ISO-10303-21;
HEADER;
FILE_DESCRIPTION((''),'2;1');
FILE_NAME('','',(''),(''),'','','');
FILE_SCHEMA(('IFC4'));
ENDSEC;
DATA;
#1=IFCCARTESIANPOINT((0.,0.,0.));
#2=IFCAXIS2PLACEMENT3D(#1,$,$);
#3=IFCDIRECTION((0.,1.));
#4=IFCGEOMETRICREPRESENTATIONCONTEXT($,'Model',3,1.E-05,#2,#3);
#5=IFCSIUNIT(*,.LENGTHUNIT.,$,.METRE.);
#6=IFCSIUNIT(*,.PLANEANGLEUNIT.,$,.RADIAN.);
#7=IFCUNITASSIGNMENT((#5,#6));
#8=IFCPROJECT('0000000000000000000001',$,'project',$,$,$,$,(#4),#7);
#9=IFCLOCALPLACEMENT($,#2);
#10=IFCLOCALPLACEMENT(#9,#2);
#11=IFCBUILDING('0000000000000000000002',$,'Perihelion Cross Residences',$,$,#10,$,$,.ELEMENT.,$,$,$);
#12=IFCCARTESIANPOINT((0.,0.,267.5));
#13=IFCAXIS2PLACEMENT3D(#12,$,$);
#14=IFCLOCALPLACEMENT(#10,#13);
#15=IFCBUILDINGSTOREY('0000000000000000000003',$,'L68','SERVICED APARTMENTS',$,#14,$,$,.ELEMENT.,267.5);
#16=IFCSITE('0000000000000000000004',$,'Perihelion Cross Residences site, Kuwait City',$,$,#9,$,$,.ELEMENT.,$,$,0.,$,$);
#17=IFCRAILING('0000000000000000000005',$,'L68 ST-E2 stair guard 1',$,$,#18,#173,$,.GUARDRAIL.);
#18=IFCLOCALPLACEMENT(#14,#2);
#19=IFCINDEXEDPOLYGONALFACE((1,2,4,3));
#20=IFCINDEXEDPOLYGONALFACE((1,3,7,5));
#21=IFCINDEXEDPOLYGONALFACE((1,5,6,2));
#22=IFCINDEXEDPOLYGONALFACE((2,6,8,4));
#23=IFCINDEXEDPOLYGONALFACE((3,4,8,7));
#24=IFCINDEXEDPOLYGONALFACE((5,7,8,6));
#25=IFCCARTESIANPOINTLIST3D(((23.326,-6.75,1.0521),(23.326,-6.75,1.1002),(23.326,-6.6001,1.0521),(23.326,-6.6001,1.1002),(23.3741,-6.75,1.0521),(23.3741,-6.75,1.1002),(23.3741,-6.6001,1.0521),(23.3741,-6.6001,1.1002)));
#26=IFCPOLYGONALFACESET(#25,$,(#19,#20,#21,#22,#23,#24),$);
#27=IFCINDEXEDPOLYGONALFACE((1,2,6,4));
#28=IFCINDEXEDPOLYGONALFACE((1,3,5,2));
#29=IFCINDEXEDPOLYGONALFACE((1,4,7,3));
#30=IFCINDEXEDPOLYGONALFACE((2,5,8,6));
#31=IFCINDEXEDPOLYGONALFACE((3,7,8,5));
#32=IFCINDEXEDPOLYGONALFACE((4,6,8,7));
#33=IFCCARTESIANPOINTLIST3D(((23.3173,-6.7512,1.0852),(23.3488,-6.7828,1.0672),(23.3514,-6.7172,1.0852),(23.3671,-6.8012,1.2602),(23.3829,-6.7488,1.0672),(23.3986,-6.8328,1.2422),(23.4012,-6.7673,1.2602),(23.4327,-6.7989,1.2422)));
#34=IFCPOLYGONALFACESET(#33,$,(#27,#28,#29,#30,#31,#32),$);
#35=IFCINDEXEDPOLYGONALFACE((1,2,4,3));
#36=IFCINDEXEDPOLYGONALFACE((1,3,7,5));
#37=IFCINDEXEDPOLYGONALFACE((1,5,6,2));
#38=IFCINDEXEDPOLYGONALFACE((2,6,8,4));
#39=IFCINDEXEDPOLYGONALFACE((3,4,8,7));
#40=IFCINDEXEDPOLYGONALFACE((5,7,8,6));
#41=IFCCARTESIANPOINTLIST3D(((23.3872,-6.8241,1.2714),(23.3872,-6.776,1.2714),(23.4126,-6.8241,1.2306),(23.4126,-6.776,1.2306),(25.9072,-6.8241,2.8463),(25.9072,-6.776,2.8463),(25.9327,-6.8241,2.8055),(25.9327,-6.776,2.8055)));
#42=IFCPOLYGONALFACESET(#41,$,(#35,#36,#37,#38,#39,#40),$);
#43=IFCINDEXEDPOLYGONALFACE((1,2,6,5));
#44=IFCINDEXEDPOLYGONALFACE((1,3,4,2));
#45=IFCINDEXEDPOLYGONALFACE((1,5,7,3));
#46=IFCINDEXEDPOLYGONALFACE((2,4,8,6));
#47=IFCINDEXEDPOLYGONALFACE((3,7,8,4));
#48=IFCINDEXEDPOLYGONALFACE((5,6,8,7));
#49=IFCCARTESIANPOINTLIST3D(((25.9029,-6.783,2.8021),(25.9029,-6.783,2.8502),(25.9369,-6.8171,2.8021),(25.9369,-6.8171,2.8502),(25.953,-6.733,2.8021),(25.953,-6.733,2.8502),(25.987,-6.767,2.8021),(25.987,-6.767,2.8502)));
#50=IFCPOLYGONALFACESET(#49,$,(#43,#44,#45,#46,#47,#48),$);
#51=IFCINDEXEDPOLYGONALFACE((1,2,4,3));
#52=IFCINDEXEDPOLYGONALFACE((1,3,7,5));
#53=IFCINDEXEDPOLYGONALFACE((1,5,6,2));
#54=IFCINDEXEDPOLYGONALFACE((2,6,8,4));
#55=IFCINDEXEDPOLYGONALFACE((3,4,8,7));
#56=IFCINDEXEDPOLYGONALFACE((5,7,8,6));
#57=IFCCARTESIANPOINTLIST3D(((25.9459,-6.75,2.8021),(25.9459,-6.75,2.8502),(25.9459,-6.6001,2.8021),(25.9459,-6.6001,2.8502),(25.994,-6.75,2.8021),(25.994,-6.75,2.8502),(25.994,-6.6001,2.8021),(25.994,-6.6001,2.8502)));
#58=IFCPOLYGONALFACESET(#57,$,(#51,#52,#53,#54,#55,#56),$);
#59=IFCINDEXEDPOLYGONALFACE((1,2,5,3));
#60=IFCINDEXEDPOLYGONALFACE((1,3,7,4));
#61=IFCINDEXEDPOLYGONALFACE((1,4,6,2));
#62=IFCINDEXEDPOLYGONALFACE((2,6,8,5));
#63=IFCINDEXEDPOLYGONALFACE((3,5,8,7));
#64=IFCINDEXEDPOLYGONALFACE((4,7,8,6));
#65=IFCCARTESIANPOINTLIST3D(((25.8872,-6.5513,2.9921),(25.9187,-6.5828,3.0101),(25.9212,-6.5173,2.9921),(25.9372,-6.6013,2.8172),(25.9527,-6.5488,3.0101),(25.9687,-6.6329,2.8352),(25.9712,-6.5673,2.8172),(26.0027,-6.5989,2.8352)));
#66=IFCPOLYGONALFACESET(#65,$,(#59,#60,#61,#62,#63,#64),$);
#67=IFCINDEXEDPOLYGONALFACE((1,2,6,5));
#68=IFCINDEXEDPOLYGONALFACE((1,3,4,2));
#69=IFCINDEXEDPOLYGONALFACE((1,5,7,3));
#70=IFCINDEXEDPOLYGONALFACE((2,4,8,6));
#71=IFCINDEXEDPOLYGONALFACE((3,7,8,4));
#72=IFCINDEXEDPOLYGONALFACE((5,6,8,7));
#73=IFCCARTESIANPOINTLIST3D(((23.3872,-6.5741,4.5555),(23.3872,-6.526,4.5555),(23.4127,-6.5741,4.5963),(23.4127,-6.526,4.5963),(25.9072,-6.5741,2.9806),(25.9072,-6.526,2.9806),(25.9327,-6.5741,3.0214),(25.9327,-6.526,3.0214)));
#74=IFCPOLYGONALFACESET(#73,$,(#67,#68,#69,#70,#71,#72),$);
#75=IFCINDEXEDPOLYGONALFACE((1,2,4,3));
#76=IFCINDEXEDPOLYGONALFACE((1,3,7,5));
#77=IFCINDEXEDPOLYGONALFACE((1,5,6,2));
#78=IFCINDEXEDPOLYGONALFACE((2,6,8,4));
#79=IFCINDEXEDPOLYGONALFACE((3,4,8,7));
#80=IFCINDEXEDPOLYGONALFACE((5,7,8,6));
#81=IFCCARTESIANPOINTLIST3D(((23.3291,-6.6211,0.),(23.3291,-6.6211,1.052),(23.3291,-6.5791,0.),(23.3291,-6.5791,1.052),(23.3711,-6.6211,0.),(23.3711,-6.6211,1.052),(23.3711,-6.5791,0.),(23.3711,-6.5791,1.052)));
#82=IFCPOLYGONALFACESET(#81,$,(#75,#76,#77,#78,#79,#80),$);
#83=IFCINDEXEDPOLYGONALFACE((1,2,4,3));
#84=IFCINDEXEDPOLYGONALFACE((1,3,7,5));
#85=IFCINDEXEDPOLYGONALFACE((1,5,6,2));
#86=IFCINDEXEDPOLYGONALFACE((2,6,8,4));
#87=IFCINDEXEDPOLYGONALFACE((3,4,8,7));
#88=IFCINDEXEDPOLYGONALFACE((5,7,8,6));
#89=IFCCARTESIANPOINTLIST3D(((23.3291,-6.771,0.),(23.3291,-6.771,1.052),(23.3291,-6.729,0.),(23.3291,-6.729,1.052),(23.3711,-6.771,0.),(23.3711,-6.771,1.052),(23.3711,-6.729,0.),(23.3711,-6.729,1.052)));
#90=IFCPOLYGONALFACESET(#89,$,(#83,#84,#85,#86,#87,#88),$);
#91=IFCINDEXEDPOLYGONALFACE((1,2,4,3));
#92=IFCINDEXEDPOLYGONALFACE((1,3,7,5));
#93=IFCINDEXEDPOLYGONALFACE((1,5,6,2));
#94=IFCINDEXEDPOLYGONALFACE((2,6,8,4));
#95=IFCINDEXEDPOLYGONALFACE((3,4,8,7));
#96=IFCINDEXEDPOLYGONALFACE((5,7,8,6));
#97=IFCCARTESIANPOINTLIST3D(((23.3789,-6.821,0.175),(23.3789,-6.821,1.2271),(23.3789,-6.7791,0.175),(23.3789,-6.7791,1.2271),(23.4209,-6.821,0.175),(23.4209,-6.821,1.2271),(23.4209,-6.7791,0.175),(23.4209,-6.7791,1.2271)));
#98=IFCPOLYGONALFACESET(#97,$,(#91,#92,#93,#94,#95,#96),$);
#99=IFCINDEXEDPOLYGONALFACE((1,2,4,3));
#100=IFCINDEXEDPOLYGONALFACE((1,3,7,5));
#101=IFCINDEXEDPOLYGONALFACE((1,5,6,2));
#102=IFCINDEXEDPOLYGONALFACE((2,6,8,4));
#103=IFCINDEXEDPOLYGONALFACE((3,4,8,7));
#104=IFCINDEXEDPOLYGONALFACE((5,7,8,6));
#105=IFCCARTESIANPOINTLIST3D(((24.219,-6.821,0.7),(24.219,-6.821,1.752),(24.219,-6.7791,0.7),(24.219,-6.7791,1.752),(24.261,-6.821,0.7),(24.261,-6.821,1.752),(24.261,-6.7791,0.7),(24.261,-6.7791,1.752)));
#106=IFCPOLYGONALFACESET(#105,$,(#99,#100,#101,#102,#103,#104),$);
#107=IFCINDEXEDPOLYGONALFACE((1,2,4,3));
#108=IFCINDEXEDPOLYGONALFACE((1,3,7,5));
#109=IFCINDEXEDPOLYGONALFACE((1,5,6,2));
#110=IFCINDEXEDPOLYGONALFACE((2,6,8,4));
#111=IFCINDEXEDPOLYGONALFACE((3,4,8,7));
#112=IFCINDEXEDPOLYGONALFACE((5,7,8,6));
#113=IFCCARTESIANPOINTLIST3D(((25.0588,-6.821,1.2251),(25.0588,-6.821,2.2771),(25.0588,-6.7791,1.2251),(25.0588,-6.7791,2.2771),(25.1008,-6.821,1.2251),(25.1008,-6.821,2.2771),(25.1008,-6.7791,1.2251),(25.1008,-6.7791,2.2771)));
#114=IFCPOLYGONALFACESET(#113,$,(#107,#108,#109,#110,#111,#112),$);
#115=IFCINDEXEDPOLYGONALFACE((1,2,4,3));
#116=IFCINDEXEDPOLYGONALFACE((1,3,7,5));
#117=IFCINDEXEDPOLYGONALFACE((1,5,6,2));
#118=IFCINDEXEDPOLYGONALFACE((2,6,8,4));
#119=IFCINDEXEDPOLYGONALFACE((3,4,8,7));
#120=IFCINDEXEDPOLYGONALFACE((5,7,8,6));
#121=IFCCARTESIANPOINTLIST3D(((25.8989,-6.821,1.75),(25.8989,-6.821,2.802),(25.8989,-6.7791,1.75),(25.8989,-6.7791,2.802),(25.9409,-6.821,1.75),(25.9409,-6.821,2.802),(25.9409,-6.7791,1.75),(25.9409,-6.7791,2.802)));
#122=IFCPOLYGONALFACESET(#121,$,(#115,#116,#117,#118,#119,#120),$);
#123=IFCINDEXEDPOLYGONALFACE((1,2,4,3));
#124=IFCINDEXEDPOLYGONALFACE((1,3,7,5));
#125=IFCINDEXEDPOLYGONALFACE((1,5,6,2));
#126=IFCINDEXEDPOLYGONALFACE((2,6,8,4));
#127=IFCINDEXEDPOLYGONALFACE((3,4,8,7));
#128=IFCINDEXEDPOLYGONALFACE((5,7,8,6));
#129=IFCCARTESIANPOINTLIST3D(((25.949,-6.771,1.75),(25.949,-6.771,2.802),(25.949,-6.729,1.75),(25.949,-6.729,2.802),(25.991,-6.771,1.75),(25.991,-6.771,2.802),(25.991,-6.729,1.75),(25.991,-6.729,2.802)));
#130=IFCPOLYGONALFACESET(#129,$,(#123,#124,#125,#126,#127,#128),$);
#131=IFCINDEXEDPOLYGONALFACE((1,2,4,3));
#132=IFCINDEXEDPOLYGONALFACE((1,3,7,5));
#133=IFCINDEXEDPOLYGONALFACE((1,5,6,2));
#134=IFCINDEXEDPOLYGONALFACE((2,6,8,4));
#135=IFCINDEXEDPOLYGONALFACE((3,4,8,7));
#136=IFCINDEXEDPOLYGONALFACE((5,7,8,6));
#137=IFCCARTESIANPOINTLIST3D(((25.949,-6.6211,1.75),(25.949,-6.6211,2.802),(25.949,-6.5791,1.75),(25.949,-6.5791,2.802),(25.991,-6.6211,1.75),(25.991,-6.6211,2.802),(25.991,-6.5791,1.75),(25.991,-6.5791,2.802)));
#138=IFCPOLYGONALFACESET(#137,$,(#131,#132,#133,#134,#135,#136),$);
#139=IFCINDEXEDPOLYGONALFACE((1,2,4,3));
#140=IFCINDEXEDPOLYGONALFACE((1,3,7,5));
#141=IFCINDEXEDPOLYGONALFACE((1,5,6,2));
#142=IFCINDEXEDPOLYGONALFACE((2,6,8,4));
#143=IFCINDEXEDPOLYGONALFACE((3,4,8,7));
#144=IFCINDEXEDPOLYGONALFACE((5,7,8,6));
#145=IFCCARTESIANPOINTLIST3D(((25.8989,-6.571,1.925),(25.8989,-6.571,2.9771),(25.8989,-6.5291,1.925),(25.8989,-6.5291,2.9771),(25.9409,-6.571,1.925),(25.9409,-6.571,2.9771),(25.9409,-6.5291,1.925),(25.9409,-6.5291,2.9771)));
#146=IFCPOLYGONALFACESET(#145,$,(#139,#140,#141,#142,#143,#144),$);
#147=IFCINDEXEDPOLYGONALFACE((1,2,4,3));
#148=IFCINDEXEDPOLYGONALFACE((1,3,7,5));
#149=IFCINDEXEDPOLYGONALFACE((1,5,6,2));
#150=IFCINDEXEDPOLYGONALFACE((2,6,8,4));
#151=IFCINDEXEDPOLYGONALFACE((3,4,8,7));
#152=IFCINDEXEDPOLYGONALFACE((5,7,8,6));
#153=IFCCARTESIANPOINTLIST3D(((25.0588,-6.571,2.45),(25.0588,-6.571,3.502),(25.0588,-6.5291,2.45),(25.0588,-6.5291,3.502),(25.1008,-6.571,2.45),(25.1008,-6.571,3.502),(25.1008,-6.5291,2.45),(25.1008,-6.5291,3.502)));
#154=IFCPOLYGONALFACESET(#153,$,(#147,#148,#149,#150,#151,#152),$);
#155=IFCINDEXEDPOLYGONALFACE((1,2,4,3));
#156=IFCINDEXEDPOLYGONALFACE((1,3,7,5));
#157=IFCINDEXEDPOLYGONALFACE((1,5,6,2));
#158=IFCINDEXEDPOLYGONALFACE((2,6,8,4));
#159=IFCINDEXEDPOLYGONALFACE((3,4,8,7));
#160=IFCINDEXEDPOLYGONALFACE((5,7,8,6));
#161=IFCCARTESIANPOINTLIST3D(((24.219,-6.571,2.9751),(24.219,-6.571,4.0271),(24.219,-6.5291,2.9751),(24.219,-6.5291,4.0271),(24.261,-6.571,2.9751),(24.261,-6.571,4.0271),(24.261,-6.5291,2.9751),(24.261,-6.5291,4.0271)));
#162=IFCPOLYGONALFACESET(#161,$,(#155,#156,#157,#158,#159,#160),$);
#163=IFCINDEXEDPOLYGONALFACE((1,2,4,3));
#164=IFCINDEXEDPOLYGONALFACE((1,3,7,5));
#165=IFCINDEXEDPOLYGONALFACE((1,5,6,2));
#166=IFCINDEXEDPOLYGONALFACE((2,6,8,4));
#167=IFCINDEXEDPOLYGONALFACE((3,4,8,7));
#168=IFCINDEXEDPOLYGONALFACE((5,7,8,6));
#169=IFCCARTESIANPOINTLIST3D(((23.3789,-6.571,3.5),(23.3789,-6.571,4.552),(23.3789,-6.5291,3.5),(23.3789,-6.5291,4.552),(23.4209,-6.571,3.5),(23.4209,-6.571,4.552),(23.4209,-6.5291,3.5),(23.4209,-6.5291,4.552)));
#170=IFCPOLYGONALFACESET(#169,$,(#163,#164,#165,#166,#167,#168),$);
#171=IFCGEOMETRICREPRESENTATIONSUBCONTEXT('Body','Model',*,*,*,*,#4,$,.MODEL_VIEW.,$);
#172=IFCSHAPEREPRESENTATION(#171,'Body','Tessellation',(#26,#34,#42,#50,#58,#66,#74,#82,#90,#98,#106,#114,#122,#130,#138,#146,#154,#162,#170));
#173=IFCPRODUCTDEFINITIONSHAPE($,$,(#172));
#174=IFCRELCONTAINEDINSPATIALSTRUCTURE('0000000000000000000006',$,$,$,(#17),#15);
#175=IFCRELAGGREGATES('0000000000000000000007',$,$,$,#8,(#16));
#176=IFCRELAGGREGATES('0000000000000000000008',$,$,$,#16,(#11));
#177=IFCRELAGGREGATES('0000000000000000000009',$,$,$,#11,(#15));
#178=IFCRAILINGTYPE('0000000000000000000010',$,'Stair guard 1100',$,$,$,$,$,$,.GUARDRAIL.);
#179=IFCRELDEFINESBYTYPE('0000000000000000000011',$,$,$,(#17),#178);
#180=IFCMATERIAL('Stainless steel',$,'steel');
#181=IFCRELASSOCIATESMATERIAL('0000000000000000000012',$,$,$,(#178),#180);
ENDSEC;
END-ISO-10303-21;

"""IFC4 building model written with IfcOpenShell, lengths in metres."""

from ifc_helpers import new_model, si_unit, direction, frame, origin, origin_2d, place, context, subcontext, project, spatial, rectangle, extrude, material, type_object, element, save


model = new_model("IFC4")

# Units and contexts
model_context = context("Model", 3, precision=1e-05, world=origin(), true_north=direction((0.0, 1.0)))
body_context = subcontext(model_context, "Body", "Model", "MODEL_VIEW")
ifc_project = project(units=[si_unit("LENGTHUNIT", "METRE"), si_unit("PLANEANGLEUNIT", "RADIAN")], contexts=[model_context])

# Site, building, storey
site_placement = place(None, origin())
site = spatial("IfcSite", under=ifc_project, at=site_placement, Name="Perihelion Cross Residences site, Kuwait City", CompositionType="ELEMENT", RefElevation=0.0)
building_placement = place(site_placement, origin())
building = spatial("IfcBuilding", under=site, at=building_placement, Name="Perihelion Cross Residences", CompositionType="ELEMENT")
storey_placement = place(building_placement, frame((0.0, 0.0, 267.5)))
storey = spatial("IfcBuildingStorey", under=building, at=storey_placement, Name="L68", Description="SERVICED APARTMENTS", CompositionType="ELEMENT", Elevation=267.5)

# Railing
ifc_material_1 = material(Name="Stainless steel", Category="steel")
railing_type_1 = type_object("IfcRailingType", Name="Stair guard 1100", PredefinedType="GUARDRAIL", material=ifc_material_1)
railing_1_placement = place(storey_placement, frame((23.3501, -6.6001, 0.0)))
element("IfcRailing", 1, at=railing_1_placement, inside=storey, type_object=railing_type_1, Name="L68 ST-E2 stair guard 1", PredefinedType="GUARDRAIL", context=body_context, shape_type="SweptSolid", body=[
    extrude(rectangle(XDim=0.0481, YDim=0.0481, at=origin_2d()), frame((0.0, 0.0, 1.0762), z_axis=(0.0, -1.0, 0.0), x_axis=(1.0, 0.0, 0.0)), (0.0, 0.0, 1.0), 0.1499),
    extrude(rectangle(XDim=0.0481, YDim=0.0481, at=origin_2d()), frame((0.0, -0.1499, 1.0762), z_axis=(0.263862, -0.265156, 0.927399), x_axis=(0.708834, 0.705376, 0.0)), (0.0, 0.0, 1.0), 0.1887),
    extrude(rectangle(XDim=0.0481, YDim=0.0481, at=origin_2d()), frame((0.0498, -0.2, 1.251), z_axis=(0.848008, 0.0, 0.529984), x_axis=(0.0, 1.0, 0.0)), (0.0, 0.0, 1.0), 2.9717),
    extrude(rectangle(XDim=0.0481, YDim=0.0481, at=origin_2d()), frame((2.5698, -0.2, 2.8262), z_axis=(0.707107, 0.707107, 0.0), x_axis=(-0.707107, 0.707107, 0.0)), (0.0, 0.0, 1.0), 0.0708),
    extrude(rectangle(XDim=0.0481, YDim=0.0481, at=origin_2d()), frame((2.6199, -0.1499, 2.8262), z_axis=(0.0, 1.0, 0.0), x_axis=(-1.0, 0.0, 0.0)), (0.0, 0.0, 1.0), 0.1499),
    extrude(rectangle(XDim=0.0481, YDim=0.0481, at=origin_2d()), frame((2.6199, 0.0, 2.8262), z_axis=(-0.265065, 0.265065, 0.927082), x_axis=(-0.707107, -0.707107, 0.0)), (0.0, 0.0, 1.0), 0.1887),
    extrude(rectangle(XDim=0.0481, YDim=0.0481, at=origin_2d()), frame((2.5698, 0.05, 3.001), z_axis=(-0.848008, 0.0, 0.529984), x_axis=(0.0, -1.0, 0.0)), (0.0, 0.0, 1.0), 2.9717),
    extrude(rectangle(XDim=0.042, YDim=0.042, at=origin_2d()), origin(), (0.0, 0.0, 1.0), 1.052),
    extrude(rectangle(XDim=0.042, YDim=0.042, at=origin_2d()), frame((0.0, -0.1499, 0.0)), (0.0, 0.0, 1.0), 1.052),
    extrude(rectangle(XDim=0.042, YDim=0.042, at=origin_2d()), frame((0.0498, -0.2, 0.175)), (0.0, 0.0, 1.0), 1.052),
    extrude(rectangle(XDim=0.042, YDim=0.042, at=origin_2d()), frame((0.8899, -0.2, 0.7)), (0.0, 0.0, 1.0), 1.052),
    extrude(rectangle(XDim=0.042, YDim=0.042, at=origin_2d()), frame((1.7297, -0.2, 1.2251)), (0.0, 0.0, 1.0), 1.052),
    extrude(rectangle(XDim=0.042, YDim=0.042, at=origin_2d()), frame((2.5698, -0.2, 1.75)), (0.0, 0.0, 1.0), 1.052),
    extrude(rectangle(XDim=0.042, YDim=0.042, at=origin_2d()), frame((2.6199, -0.1499, 1.75)), (0.0, 0.0, 1.0), 1.052),
    extrude(rectangle(XDim=0.042, YDim=0.042, at=origin_2d()), frame((2.6199, 0.0, 1.75)), (0.0, 0.0, 1.0), 1.052),
    extrude(rectangle(XDim=0.042, YDim=0.042, at=origin_2d()), frame((2.5698, 0.05, 1.925)), (0.0, 0.0, 1.0), 1.052),
    extrude(rectangle(XDim=0.042, YDim=0.042, at=origin_2d()), frame((1.7297, 0.05, 2.45)), (0.0, 0.0, 1.0), 1.052),
    extrude(rectangle(XDim=0.042, YDim=0.042, at=origin_2d()), frame((0.8899, 0.05, 2.9751)), (0.0, 0.0, 1.0), 1.052),
    extrude(rectangle(XDim=0.042, YDim=0.042, at=origin_2d()), frame((0.0498, 0.05, 3.5)), (0.0, 0.0, 1.0), 1.052),
])

save(model, "model.ifc")
